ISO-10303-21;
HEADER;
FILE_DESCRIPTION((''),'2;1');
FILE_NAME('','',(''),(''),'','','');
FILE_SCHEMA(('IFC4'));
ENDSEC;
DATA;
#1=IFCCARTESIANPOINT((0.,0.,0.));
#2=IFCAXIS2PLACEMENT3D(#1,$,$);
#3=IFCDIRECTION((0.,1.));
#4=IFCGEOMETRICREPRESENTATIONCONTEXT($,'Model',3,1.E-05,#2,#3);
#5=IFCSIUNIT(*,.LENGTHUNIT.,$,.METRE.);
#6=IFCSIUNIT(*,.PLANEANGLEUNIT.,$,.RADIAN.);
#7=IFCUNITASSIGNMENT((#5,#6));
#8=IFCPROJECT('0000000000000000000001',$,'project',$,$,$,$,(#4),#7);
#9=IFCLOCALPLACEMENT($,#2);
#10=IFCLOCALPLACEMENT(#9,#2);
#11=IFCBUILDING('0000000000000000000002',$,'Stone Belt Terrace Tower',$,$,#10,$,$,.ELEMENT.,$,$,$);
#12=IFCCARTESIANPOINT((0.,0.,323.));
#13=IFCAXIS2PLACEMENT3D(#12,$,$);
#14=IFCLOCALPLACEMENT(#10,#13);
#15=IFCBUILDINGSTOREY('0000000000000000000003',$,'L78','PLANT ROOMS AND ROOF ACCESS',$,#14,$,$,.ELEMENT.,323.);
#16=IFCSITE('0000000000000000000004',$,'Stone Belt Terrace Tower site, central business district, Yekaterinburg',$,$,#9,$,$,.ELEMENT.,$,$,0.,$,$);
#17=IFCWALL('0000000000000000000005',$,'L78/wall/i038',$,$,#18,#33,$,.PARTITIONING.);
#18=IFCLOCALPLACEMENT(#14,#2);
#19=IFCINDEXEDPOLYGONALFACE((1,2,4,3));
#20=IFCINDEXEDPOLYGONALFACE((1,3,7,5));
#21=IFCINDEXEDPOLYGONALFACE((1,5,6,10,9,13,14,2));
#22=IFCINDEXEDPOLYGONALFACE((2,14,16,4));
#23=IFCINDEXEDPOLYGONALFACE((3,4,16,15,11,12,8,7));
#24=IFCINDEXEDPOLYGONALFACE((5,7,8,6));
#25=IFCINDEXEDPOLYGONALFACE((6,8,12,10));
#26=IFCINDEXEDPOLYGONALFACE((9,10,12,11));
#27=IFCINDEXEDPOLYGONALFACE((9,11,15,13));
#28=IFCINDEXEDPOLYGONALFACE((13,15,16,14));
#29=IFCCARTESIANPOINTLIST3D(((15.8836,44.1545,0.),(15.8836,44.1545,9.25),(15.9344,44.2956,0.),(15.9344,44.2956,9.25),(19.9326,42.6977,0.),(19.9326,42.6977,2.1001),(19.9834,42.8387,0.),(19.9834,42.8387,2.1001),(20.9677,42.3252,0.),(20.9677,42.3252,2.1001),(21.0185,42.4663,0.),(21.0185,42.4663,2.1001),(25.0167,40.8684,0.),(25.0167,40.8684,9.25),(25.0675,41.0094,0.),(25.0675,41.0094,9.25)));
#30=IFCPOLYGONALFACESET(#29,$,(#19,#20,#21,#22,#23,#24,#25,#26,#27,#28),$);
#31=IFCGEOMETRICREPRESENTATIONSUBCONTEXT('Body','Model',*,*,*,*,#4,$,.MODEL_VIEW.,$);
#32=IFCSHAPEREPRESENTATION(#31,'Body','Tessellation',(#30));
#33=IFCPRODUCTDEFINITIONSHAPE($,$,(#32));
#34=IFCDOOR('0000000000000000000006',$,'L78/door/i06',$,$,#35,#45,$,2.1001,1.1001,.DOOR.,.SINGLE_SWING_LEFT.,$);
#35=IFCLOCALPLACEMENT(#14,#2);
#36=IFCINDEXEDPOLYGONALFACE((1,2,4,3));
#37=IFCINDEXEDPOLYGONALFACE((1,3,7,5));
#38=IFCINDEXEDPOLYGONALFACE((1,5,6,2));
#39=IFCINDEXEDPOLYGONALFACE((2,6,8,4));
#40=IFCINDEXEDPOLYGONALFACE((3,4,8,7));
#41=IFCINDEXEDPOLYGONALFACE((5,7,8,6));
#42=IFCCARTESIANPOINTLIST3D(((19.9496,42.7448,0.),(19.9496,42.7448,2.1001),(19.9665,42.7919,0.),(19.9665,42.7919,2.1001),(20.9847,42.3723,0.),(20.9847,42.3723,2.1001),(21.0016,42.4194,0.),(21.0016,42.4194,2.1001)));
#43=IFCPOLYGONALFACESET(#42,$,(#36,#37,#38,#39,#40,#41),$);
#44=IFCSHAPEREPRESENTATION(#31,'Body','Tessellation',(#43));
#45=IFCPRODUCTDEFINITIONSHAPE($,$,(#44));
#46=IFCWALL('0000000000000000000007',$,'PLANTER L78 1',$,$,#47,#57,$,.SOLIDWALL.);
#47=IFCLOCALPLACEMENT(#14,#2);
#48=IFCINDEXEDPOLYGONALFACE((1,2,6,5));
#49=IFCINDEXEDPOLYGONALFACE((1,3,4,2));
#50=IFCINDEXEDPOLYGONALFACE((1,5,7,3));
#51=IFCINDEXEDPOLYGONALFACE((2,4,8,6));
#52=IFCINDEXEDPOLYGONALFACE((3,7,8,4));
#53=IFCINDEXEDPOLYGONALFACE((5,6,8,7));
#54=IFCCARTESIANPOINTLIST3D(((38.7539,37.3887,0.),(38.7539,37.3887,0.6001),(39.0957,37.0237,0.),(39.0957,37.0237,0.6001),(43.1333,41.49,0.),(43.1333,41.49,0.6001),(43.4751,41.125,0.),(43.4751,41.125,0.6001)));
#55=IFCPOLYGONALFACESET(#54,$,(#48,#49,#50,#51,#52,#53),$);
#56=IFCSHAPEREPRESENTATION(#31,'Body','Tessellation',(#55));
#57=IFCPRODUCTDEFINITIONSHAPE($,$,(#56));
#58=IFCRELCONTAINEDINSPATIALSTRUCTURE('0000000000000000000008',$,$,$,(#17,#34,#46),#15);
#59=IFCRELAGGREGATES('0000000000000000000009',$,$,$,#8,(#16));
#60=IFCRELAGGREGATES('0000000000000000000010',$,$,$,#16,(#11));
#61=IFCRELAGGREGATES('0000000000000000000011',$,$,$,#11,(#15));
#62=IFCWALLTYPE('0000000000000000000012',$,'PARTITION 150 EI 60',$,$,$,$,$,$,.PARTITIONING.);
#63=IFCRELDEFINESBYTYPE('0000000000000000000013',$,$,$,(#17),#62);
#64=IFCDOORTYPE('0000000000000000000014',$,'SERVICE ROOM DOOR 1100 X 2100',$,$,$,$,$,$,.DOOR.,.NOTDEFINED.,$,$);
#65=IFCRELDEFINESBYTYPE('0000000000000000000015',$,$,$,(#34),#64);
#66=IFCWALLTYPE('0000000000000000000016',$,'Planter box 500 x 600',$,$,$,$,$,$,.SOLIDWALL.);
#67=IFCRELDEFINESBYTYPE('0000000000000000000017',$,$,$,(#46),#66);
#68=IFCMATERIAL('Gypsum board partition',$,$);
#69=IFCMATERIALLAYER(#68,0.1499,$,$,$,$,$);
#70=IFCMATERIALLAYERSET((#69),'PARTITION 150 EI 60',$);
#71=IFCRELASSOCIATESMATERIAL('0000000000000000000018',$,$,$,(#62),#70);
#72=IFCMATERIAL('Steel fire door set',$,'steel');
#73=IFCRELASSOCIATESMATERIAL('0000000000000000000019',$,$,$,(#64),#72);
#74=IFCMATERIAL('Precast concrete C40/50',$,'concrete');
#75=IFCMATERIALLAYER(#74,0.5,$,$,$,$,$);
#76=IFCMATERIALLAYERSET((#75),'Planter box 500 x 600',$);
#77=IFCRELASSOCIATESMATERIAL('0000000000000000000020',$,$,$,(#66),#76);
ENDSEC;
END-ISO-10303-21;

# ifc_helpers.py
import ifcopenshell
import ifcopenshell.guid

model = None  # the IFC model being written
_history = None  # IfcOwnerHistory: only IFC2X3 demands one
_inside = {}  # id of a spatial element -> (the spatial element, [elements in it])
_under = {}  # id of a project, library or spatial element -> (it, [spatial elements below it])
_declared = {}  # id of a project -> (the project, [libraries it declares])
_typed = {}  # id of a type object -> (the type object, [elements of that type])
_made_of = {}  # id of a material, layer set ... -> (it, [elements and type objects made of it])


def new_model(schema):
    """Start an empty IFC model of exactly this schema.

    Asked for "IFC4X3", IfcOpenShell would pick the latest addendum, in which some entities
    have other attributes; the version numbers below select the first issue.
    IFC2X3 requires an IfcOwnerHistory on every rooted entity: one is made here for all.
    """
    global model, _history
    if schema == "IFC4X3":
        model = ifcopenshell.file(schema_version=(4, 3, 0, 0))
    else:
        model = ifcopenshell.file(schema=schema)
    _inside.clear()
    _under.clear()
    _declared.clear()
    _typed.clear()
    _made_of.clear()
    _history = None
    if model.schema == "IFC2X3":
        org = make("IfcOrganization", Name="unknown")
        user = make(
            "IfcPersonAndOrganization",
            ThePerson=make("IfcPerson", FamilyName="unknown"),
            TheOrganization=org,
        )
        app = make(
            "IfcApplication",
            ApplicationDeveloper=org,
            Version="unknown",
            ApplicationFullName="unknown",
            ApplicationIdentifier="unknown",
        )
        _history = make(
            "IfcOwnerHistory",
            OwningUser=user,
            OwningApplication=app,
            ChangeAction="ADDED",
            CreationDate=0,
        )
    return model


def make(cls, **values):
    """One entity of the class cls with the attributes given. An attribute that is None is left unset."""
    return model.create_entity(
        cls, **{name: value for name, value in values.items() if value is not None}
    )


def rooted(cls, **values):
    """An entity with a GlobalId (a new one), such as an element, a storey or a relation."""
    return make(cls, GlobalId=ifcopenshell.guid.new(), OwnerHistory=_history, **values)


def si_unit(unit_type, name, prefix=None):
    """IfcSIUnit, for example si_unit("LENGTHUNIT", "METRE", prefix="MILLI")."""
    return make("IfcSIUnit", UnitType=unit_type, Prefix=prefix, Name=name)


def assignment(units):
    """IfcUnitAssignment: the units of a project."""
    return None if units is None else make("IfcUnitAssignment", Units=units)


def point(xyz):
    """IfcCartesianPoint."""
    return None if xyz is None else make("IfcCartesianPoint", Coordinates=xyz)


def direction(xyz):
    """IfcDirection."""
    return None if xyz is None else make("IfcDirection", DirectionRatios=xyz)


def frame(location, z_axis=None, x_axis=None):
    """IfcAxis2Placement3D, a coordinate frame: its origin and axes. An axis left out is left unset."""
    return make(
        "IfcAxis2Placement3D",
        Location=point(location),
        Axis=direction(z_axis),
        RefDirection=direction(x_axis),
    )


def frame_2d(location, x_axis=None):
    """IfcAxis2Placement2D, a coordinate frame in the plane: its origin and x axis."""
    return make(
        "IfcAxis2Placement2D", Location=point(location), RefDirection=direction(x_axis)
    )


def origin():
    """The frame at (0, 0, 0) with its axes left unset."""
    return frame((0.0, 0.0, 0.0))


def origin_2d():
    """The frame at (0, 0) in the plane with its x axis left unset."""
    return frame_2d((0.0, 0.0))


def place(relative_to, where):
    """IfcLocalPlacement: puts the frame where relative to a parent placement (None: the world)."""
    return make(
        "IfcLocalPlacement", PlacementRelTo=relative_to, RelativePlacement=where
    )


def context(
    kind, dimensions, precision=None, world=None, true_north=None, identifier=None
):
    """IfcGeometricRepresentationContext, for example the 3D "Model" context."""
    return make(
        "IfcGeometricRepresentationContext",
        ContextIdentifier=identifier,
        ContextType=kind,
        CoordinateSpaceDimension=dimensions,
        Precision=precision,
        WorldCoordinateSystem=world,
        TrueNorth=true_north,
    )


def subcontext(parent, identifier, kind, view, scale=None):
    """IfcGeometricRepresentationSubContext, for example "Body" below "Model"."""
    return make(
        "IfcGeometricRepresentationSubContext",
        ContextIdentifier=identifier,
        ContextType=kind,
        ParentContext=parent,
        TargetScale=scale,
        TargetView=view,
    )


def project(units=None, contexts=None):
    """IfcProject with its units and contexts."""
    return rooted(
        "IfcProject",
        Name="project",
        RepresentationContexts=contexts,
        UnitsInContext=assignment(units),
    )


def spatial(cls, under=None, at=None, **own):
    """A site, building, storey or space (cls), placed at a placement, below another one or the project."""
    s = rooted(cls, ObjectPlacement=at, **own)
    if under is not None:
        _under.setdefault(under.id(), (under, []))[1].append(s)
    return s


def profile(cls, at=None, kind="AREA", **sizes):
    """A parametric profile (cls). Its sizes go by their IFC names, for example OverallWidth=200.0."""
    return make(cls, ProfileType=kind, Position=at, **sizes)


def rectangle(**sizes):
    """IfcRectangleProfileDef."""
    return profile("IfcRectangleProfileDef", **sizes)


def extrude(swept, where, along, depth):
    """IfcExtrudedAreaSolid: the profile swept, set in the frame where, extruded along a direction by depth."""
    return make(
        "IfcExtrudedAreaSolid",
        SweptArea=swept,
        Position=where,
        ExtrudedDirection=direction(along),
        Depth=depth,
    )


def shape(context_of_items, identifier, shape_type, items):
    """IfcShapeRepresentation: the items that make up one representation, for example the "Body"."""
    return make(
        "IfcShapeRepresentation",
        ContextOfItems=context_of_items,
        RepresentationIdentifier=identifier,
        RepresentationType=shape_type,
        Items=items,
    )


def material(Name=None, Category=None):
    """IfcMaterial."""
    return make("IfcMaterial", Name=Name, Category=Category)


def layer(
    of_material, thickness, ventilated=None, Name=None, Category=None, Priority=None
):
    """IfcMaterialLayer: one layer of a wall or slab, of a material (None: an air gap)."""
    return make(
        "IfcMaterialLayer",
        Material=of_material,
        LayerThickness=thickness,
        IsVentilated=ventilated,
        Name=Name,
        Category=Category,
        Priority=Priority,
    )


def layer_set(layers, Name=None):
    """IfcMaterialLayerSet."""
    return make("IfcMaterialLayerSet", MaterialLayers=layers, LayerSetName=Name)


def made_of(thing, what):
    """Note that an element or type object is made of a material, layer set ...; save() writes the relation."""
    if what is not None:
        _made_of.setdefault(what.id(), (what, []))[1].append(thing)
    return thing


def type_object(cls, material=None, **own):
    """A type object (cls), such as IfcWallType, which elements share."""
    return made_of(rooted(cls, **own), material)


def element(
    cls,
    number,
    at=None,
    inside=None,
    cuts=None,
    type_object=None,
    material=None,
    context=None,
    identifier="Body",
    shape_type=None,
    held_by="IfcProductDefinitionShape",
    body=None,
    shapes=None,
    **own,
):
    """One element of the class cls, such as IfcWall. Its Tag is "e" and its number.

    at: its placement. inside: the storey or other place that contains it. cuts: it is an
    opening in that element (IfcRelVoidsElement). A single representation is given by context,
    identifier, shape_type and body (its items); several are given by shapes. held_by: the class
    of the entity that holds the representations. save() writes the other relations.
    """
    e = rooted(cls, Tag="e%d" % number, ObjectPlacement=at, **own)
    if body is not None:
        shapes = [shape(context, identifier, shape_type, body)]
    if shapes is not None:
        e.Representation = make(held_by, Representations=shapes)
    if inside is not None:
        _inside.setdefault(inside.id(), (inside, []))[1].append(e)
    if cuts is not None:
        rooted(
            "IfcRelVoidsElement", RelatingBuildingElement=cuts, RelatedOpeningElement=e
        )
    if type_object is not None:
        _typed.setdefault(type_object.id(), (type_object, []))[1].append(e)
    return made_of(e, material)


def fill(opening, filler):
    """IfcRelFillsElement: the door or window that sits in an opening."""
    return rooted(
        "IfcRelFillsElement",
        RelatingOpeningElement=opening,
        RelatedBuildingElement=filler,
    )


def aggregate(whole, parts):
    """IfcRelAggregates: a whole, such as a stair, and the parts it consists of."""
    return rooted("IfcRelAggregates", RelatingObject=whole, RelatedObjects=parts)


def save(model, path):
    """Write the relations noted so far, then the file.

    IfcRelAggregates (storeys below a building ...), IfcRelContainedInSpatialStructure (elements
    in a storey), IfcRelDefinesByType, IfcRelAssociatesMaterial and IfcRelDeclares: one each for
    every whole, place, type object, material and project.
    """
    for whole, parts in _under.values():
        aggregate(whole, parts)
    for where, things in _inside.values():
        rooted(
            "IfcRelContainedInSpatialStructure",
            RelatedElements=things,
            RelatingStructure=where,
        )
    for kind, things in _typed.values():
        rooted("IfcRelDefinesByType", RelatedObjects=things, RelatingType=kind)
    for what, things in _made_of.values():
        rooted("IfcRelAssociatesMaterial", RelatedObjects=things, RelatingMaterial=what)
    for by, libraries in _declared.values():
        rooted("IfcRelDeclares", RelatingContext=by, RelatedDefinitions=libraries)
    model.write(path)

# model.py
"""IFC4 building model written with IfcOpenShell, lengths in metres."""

from ifc_helpers import new_model, si_unit, direction, frame, frame_2d, origin, origin_2d, place, context, subcontext, project, spatial, rectangle, extrude, material, layer, layer_set, type_object, element, fill, save


model = new_model("IFC4")

# Units and contexts
model_context = context("Model", 3, precision=1e-05, world=origin(), true_north=direction((0.0, 1.0)))
body_context = subcontext(model_context, "Body", "Model", "MODEL_VIEW")
ifc_project = project(units=[si_unit("LENGTHUNIT", "METRE"), si_unit("PLANEANGLEUNIT", "RADIAN")], contexts=[model_context])

# Site, building, storey
site_placement = place(None, origin())
site = spatial("IfcSite", under=ifc_project, at=site_placement, Name="Stone Belt Terrace Tower site, central business district, Yekaterinburg", CompositionType="ELEMENT", RefElevation=0.0)
building_placement = place(site_placement, origin())
building = spatial("IfcBuilding", under=site, at=building_placement, Name="Stone Belt Terrace Tower", CompositionType="ELEMENT")
storey_placement = place(building_placement, frame((0.0, 0.0, 323.0)))
storey = spatial("IfcBuildingStorey", under=building, at=storey_placement, Name="L78", Description="PLANT ROOMS AND ROOF ACCESS", CompositionType="ELEMENT", Elevation=323.0)

# Shared definitions
ifc_material_1 = material(Name="Gypsum board partition")
ifc_layer_1 = layer(ifc_material_1, 0.1499)
ifc_layer_set_1 = layer_set([ifc_layer_1], Name="PARTITION 150 EI 60")
wall_type_1 = type_object("IfcWallType", Name="PARTITION 150 EI 60", PredefinedType="PARTITIONING", material=ifc_layer_set_1)

# Wall, opening, door
wall_1_placement = place(storey_placement, frame((25.042, 40.939, 0.0), z_axis=(0.0, 0.0, 1.0), x_axis=(-0.940945, 0.338558, 0.0)))
wall_1 = element("IfcWall", 1, at=wall_1_placement, inside=storey, type_object=wall_type_1, Name="L78/wall/i038", PredefinedType="PARTITIONING", context=body_context, shape_type="SweptSolid", body=[
    extrude(rectangle(XDim=9.7063, YDim=0.1499, at=frame_2d((4.853, 0.0))), origin(), (0.0, 0.0, 1.0), 9.25),
])
opening_1_placement = place(wall_1_placement, frame((4.303, 0.0, 0.0)))
opening_1 = element("IfcOpeningElement", 2, at=opening_1_placement, cuts=wall_1, PredefinedType="OPENING", context=body_context, shape_type="SweptSolid", body=[
    extrude(rectangle(XDim=1.1001, YDim=2.1001, at=frame_2d((0.55, 1.05))), frame((0.0, 0.085, 0.0), z_axis=(0.0, -1.0, 0.0), x_axis=(1.0, 0.0, 0.0)), (0.0, 0.0, 1.0), 0.1699),
])
ifc_material_2 = material(Name="Steel fire door set", Category="steel")
door_type_1 = type_object("IfcDoorType", Name="SERVICE ROOM DOOR 1100 X 2100", OperationType="NOTDEFINED", PredefinedType="DOOR", material=ifc_material_2)
door_1_placement = place(opening_1_placement, origin())
door_1 = element("IfcDoor", 3, at=door_1_placement, inside=storey, type_object=door_type_1, Name="L78/door/i06", OperationType="SINGLE_SWING_LEFT", OverallHeight=2.1001, OverallWidth=1.1001, PredefinedType="DOOR", context=body_context, shape_type="SweptSolid", body=[
    extrude(rectangle(XDim=1.1001, YDim=2.1001, at=frame_2d((0.55, 1.05))), frame((0.0, 0.0249, 0.0), z_axis=(0.0, -1.0, 0.0), x_axis=(1.0, 0.0, 0.0)), (0.0, 0.0, 1.0), 0.05),
])
fill(opening_1, door_1)

# Wall
ifc_material_3 = material(Name="Precast concrete C40/50", Category="concrete")
ifc_layer_2 = layer(ifc_material_3, 0.5)
ifc_layer_set_2 = layer_set([ifc_layer_2], Name="Planter box 500 x 600")
wall_type_2 = type_object("IfcWallType", Name="Planter box 500 x 600", PredefinedType="SOLIDWALL", material=ifc_layer_set_2)
wall_2_placement = place(storey_placement, frame((41.1145, 39.2568, 0.0), z_axis=(0.0, 0.0, 1.0), x_axis=(0.729904, 0.683549, 0.0)))
element("IfcWall", 4, at=wall_2_placement, inside=storey, type_object=wall_type_2, Name="PLANTER L78 1", PredefinedType="SOLIDWALL", context=body_context, shape_type="SweptSolid", body=[
    extrude(rectangle(XDim=6.0, YDim=0.5, at=origin_2d()), origin(), (0.0, 0.0, 1.0), 0.6001),
])

save(model, "model.ifc")
